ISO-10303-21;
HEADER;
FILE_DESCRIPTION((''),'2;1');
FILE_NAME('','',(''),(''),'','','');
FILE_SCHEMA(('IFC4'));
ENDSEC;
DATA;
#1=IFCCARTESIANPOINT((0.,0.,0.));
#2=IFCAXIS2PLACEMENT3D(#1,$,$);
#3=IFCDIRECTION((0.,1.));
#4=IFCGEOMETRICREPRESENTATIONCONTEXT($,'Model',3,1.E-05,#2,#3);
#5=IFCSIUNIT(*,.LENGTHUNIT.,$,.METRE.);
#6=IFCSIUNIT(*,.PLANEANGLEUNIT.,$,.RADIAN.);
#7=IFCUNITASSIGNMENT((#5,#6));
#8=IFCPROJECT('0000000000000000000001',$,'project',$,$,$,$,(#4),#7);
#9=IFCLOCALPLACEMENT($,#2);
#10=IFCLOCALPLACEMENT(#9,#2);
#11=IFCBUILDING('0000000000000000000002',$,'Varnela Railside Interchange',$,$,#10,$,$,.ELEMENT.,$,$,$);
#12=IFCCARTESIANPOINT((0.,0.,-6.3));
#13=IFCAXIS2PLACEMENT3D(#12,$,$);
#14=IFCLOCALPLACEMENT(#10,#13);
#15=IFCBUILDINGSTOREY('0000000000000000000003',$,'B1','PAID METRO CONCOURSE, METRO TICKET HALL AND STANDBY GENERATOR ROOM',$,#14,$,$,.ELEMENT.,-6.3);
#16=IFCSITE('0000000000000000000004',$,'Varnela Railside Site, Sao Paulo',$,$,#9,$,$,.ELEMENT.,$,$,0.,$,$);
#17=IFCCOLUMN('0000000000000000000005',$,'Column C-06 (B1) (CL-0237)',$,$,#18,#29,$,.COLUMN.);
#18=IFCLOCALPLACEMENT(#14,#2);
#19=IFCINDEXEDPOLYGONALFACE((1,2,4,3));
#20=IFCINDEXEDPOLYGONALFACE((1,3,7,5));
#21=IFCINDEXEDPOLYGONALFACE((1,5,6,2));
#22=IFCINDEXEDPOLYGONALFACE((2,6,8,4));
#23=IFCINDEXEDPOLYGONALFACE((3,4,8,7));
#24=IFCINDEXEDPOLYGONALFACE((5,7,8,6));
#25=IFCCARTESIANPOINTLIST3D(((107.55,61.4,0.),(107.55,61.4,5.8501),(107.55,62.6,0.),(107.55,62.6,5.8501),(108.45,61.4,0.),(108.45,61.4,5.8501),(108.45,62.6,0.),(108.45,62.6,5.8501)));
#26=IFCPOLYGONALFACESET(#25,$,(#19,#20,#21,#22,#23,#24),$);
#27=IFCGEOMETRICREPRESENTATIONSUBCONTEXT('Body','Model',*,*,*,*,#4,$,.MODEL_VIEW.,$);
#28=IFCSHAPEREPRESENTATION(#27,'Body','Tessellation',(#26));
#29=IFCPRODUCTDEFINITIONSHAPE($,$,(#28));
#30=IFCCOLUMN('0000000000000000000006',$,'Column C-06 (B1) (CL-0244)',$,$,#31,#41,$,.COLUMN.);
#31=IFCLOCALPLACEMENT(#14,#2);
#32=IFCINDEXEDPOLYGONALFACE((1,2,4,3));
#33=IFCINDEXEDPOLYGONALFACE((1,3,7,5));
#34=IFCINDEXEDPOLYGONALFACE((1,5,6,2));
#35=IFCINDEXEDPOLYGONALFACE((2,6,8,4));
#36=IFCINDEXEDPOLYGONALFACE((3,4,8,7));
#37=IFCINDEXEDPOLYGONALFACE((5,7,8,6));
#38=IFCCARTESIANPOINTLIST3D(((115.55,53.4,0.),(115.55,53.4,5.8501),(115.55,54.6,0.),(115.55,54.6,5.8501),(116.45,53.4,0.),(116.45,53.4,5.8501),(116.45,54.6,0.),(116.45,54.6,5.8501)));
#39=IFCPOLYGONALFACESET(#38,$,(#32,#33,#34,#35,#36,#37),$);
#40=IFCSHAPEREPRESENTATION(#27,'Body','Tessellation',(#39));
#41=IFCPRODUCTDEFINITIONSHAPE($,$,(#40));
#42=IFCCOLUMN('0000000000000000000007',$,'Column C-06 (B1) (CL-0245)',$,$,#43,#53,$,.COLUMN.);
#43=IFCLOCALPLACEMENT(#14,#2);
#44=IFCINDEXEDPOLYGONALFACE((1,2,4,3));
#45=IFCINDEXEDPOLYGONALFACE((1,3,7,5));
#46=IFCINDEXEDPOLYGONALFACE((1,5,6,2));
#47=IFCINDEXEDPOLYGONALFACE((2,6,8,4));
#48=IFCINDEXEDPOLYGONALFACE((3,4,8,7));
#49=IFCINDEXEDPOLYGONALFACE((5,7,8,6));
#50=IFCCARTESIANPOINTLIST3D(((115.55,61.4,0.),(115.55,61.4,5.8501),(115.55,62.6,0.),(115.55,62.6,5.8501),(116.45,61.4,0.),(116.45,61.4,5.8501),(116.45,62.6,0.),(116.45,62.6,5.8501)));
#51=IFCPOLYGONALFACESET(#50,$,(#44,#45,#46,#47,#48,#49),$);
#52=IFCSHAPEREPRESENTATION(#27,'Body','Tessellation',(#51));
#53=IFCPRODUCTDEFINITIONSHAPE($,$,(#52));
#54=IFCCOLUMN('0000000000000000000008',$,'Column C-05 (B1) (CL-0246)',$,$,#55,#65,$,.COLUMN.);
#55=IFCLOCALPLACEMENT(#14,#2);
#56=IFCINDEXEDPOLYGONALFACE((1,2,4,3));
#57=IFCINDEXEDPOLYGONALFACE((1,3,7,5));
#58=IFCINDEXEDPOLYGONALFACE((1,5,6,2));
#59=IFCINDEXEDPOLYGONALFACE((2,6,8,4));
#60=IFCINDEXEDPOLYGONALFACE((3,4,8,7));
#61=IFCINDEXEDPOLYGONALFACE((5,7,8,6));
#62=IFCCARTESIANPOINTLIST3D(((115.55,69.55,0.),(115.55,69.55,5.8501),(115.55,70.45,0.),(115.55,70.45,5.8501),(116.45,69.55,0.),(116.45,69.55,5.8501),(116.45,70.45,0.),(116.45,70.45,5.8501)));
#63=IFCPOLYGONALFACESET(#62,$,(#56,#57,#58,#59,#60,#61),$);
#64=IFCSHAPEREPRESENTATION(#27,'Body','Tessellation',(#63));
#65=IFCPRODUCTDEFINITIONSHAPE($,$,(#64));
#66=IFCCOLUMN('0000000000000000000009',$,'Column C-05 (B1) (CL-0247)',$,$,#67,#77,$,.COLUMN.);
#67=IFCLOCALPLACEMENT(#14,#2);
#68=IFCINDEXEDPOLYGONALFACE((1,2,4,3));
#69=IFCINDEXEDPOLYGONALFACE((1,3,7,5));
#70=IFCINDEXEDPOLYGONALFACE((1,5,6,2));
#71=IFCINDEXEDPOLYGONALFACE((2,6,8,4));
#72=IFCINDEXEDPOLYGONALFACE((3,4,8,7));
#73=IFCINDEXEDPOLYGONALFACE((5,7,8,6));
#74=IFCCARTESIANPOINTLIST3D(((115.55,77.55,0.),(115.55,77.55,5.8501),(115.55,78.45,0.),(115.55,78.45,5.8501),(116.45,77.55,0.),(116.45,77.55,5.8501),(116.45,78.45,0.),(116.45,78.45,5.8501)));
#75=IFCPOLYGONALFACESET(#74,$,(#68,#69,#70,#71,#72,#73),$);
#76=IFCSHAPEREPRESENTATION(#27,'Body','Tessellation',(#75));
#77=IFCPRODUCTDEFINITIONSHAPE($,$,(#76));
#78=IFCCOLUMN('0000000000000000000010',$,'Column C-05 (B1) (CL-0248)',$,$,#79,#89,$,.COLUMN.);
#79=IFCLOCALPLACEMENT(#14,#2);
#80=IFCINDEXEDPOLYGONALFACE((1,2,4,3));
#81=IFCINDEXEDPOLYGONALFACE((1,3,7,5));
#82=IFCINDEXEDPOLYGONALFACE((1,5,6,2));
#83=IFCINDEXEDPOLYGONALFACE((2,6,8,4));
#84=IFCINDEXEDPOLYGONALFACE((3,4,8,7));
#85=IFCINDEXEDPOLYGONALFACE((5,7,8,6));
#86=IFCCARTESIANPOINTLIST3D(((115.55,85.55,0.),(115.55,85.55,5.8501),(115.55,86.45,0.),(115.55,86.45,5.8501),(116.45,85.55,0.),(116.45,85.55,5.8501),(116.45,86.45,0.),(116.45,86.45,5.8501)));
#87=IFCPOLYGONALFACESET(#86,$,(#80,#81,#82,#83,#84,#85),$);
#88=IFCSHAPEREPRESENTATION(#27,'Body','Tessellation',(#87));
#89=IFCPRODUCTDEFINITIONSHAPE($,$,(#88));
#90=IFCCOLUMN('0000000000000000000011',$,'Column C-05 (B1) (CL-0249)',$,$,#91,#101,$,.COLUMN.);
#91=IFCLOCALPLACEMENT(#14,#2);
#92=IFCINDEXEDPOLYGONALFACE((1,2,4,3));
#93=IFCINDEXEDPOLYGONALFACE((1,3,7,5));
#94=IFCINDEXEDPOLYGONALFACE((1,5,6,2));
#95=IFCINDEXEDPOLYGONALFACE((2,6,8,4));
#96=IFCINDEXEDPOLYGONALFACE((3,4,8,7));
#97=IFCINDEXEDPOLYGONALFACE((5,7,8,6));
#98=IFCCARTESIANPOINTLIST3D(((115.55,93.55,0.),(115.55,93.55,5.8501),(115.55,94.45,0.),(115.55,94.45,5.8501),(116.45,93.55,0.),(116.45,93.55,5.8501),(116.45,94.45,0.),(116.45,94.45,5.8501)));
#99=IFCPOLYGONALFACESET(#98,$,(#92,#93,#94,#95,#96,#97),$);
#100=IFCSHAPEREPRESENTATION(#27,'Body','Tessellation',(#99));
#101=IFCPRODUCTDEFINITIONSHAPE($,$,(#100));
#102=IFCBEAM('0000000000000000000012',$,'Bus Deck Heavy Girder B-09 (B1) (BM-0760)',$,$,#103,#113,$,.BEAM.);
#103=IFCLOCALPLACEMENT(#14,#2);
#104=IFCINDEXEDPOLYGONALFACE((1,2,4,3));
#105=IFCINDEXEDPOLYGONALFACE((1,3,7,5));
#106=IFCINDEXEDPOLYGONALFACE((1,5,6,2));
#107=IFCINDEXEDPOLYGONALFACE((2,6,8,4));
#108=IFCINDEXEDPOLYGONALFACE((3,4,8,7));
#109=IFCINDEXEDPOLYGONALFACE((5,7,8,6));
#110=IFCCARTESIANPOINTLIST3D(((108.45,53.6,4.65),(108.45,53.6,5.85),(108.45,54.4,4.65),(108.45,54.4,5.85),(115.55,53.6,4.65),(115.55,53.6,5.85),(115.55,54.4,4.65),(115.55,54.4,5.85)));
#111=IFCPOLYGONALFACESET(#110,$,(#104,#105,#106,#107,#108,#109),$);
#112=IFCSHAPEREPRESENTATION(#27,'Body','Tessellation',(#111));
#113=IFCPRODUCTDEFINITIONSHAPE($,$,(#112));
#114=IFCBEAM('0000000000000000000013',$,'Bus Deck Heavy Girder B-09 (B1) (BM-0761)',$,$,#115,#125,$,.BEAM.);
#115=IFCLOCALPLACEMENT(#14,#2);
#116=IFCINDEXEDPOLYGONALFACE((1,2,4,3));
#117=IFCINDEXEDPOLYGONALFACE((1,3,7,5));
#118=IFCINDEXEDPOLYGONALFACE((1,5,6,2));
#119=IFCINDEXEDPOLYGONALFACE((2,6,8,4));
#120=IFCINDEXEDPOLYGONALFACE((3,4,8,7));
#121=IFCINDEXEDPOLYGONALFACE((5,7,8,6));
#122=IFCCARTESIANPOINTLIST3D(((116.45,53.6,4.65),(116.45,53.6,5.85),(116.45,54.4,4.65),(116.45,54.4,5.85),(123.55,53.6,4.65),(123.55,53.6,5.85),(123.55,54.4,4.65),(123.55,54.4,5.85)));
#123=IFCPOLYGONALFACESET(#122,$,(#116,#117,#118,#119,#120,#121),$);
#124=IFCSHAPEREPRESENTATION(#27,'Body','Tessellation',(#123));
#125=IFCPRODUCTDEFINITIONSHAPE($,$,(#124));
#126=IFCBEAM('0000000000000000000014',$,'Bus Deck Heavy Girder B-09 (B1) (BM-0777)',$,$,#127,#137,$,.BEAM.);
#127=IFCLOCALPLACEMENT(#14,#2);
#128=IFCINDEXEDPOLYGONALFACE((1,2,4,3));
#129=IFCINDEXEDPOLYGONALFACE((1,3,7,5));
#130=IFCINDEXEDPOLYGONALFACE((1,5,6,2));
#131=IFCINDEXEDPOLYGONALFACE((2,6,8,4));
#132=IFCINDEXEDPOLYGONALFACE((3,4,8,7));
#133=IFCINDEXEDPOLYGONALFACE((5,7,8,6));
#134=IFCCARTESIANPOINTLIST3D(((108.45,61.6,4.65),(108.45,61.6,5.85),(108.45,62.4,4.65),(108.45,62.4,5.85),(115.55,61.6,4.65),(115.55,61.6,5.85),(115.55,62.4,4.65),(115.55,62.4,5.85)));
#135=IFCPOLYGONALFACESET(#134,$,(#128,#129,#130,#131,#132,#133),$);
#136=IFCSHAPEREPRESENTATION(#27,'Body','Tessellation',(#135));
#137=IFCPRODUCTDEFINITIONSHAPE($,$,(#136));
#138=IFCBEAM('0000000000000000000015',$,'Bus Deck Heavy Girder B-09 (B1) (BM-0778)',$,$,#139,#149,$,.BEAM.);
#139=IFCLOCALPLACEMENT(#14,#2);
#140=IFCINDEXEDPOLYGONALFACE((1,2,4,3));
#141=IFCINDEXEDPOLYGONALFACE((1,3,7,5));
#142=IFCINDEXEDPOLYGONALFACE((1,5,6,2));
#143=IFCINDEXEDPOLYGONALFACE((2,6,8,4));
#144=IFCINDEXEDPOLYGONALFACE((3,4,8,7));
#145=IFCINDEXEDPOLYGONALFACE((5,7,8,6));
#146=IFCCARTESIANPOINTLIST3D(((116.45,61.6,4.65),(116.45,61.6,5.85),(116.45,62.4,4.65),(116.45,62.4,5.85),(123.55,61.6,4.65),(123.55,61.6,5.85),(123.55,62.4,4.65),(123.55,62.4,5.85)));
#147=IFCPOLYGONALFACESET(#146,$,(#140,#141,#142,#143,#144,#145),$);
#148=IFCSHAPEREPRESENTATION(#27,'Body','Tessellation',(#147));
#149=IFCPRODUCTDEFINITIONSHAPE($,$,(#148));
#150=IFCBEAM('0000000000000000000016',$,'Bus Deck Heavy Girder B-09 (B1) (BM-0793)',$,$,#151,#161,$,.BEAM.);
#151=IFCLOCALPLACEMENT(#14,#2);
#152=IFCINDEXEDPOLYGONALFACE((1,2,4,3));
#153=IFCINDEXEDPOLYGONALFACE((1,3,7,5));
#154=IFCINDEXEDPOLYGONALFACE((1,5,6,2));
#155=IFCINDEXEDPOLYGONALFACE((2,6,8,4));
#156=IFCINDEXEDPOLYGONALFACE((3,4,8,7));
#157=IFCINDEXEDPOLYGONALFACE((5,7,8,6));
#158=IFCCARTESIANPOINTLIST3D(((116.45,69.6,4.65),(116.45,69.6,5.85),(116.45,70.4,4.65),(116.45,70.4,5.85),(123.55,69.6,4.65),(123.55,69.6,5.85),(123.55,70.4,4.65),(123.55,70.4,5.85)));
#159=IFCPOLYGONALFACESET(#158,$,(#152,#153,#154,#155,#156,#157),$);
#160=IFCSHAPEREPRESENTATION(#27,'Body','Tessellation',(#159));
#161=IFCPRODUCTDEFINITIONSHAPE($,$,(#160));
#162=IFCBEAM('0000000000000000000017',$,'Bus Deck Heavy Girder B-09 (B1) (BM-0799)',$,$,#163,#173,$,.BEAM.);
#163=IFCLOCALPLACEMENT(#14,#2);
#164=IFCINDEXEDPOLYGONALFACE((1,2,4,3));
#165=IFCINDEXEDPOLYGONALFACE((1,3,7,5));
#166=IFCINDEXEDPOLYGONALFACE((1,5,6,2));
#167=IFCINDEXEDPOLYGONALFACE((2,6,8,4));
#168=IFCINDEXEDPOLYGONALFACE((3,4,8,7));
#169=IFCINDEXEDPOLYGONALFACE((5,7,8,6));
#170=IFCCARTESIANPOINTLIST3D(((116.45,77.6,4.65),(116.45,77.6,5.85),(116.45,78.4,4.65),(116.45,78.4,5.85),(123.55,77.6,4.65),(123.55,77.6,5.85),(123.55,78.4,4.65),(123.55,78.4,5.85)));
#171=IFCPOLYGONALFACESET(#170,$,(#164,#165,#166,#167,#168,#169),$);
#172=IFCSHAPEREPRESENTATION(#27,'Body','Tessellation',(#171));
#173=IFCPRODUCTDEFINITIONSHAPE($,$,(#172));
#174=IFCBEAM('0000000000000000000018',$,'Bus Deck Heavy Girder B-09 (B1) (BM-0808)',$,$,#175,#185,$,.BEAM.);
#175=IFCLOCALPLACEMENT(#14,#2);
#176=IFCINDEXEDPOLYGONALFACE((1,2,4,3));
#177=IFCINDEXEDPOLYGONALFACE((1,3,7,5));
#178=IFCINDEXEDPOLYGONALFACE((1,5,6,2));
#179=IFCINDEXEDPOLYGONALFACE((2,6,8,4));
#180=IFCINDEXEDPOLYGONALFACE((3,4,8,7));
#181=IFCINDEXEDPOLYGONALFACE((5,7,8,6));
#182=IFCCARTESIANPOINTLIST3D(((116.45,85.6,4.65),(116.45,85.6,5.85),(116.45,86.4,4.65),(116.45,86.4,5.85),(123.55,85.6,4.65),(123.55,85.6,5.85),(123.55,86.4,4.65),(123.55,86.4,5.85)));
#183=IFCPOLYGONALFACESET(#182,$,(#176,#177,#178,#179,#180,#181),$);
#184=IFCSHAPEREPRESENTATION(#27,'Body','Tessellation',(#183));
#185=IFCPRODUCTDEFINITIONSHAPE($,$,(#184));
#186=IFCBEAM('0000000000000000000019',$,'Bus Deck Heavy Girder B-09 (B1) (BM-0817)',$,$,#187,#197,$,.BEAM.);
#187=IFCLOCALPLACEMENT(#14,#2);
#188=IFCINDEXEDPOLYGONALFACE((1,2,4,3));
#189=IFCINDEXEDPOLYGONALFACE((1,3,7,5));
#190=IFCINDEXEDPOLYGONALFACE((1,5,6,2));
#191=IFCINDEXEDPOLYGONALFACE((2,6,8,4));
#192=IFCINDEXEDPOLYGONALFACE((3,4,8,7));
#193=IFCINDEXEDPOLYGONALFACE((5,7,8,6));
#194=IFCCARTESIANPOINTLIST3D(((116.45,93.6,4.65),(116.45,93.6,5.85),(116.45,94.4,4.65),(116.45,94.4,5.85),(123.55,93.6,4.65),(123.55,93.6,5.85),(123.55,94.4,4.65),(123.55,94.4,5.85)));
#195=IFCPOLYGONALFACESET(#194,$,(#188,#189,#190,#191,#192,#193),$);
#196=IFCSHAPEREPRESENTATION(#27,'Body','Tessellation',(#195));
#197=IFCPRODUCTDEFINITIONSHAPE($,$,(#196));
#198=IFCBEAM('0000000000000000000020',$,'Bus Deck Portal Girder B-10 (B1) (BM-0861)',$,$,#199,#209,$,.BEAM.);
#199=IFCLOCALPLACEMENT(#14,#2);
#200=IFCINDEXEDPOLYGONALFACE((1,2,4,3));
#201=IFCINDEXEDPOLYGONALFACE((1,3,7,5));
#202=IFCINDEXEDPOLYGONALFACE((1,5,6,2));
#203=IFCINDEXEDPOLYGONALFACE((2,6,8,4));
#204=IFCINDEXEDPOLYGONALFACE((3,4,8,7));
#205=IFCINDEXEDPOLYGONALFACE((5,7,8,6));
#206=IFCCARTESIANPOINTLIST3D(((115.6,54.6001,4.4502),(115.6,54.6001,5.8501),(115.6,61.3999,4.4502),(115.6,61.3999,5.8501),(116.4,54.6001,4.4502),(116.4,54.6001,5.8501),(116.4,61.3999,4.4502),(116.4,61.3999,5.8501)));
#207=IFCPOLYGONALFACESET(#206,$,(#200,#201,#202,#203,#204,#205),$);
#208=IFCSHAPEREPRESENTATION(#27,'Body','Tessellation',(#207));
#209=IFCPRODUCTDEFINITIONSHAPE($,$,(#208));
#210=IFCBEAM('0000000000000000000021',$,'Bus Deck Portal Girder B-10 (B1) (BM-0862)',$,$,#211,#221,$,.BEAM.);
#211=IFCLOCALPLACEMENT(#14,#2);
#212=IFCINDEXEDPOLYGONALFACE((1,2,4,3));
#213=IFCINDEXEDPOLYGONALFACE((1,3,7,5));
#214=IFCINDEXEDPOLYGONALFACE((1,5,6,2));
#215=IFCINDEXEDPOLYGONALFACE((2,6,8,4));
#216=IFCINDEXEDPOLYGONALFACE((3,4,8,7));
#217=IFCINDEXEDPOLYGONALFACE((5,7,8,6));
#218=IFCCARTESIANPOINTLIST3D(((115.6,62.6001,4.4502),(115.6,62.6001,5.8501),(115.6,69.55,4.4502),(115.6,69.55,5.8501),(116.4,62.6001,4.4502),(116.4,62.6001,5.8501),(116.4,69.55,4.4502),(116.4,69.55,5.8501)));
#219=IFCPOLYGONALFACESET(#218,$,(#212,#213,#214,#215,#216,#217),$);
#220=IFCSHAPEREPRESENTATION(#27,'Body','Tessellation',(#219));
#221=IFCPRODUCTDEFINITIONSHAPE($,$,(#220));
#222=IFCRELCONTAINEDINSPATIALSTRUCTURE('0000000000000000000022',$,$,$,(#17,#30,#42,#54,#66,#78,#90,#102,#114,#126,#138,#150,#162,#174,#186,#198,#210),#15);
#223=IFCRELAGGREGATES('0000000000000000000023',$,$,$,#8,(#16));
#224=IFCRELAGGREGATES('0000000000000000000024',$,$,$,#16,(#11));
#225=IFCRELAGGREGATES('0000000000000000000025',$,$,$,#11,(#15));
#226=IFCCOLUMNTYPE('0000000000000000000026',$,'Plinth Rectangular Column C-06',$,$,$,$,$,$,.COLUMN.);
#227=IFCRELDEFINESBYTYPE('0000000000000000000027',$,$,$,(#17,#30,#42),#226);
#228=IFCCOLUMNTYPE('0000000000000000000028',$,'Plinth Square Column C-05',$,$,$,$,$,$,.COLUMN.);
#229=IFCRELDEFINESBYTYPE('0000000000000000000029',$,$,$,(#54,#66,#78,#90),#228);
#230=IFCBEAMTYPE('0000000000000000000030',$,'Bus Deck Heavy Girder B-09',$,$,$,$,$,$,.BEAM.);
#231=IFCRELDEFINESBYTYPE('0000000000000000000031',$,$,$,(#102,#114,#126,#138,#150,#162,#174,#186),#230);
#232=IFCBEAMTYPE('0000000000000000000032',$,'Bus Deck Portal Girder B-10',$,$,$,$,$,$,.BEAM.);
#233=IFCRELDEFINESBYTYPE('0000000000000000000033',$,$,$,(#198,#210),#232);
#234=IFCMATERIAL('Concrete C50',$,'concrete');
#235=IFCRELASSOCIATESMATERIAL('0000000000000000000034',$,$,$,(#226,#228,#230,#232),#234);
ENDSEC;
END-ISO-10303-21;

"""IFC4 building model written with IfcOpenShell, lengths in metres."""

from ifc_helpers import new_model, si_unit, direction, frame, origin, origin_2d, place, context, subcontext, project, spatial, rectangle, extrude, material, material_profile, profile_set, type_object, element, save


model = new_model("IFC4")

# Units and contexts
model_context = context("Model", 3, precision=1e-05, world=origin(), true_north=direction((0.0, 1.0)))
body_context = subcontext(model_context, "Body", "Model", "MODEL_VIEW")
ifc_project = project(units=[si_unit("LENGTHUNIT", "METRE"), si_unit("PLANEANGLEUNIT", "RADIAN")], contexts=[model_context])

# Site, building, storey
site_placement = place(None, origin())
site = spatial("IfcSite", under=ifc_project, at=site_placement, Name="Varnela Railside Site, Sao Paulo", CompositionType="ELEMENT", RefElevation=0.0)
building_placement = place(site_placement, origin())
building = spatial("IfcBuilding", under=site, at=building_placement, Name="Varnela Railside Interchange", CompositionType="ELEMENT")
storey_placement = place(building_placement, frame((0.0, 0.0, -6.3)))
storey = spatial("IfcBuildingStorey", under=building, at=storey_placement, Name="B1", Description="PAID METRO CONCOURSE, METRO TICKET HALL AND STANDBY GENERATOR ROOM", CompositionType="ELEMENT", Elevation=-6.3)

# Columns
ifc_material_1 = material(Name="Concrete C50", Category="concrete")
ifc_material_profile_1 = material_profile(ifc_material_1, rectangle(XDim=0.8999, YDim=1.2, at=origin_2d()), Name="RC 900x1200")
ifc_profile_set_1 = profile_set([ifc_material_profile_1], Name="Concrete C50")
column_type_1 = type_object("IfcColumnType", Name="Plinth Rectangular Column C-06", PredefinedType="COLUMN", material=ifc_profile_set_1)
for number, where, z_axis, x_axis, name in (
    (1, (108.0, 62.0, 0.0), (0.0, 0.0, 1.0), (1.0, 0.0, 0.0), "Column C-06 (B1) (CL-0237)"),
    (2, (116.0, 54.0, 0.0), (0.0, 0.0, 1.0), (1.0, 0.0, 0.0), "Column C-06 (B1) (CL-0244)"),
    (3, (116.0, 62.0, 0.0), (0.0, 0.0, 1.0), (1.0, 0.0, 0.0), "Column C-06 (B1) (CL-0245)"),
):
    element("IfcColumn", number, at=place(storey_placement, frame(where, z_axis=z_axis, x_axis=x_axis)), inside=storey, type_object=column_type_1, Name=name, PredefinedType="COLUMN", context=body_context, shape_type="SweptSolid", body=[
        extrude(rectangle(XDim=0.8999, YDim=1.2, at=origin_2d()), origin(), (0.0, 0.0, 1.0), 5.8501),
    ])
ifc_material_profile_2 = material_profile(ifc_material_1, rectangle(XDim=0.8999, YDim=0.8999, at=origin_2d()), Name="RC 900x900")
ifc_profile_set_2 = profile_set([ifc_material_profile_2], Name="Concrete C50")
column_type_2 = type_object("IfcColumnType", Name="Plinth Square Column C-05", PredefinedType="COLUMN", material=ifc_profile_set_2)
for number, where, z_axis, x_axis, name in (
    (4, (116.0, 70.0, 0.0), (0.0, 0.0, 1.0), (1.0, 0.0, 0.0), "Column C-05 (B1) (CL-0246)"),
    (5, (116.0, 78.0, 0.0), (0.0, 0.0, 1.0), (1.0, 0.0, 0.0), "Column C-05 (B1) (CL-0247)"),
    (6, (116.0, 86.0, 0.0), (0.0, 0.0, 1.0), (1.0, 0.0, 0.0), "Column C-05 (B1) (CL-0248)"),
    (7, (116.0, 94.0, 0.0), (0.0, 0.0, 1.0), (1.0, 0.0, 0.0), "Column C-05 (B1) (CL-0249)"),
):
    element("IfcColumn", number, at=place(storey_placement, frame(where, z_axis=z_axis, x_axis=x_axis)), inside=storey, type_object=column_type_2, Name=name, PredefinedType="COLUMN", context=body_context, shape_type="SweptSolid", body=[
        extrude(rectangle(XDim=0.8999, YDim=0.8999, at=origin_2d()), origin(), (0.0, 0.0, 1.0), 5.8501),
    ])

# Beams
ifc_material_profile_3 = material_profile(ifc_material_1, rectangle(XDim=0.8, YDim=1.2, at=origin_2d()), Name="RC 800x1200")
ifc_profile_set_3 = profile_set([ifc_material_profile_3], Name="Concrete C50")
beam_type_1 = type_object("IfcBeamType", Name="Bus Deck Heavy Girder B-09", PredefinedType="BEAM", material=ifc_profile_set_3)
for number, where, z_axis, x_axis, name in (
    (8, (108.45, 54.0, 5.25), (1.0, 0.0, 0.0), (0.0, 1.0, 0.0), "Bus Deck Heavy Girder B-09 (B1) (BM-0760)"),
    (9, (116.45, 54.0, 5.25), (1.0, 0.0, 0.0), (0.0, 1.0, 0.0), "Bus Deck Heavy Girder B-09 (B1) (BM-0761)"),
    (10, (108.45, 62.0, 5.25), (1.0, 0.0, 0.0), (0.0, 1.0, 0.0), "Bus Deck Heavy Girder B-09 (B1) (BM-0777)"),
    (11, (116.45, 62.0, 5.25), (1.0, 0.0, 0.0), (0.0, 1.0, 0.0), "Bus Deck Heavy Girder B-09 (B1) (BM-0778)"),
    (12, (116.45, 70.0, 5.25), (1.0, 0.0, 0.0), (0.0, 1.0, 0.0), "Bus Deck Heavy Girder B-09 (B1) (BM-0793)"),
    (13, (116.45, 78.0, 5.25), (1.0, 0.0, 0.0), (0.0, 1.0, 0.0), "Bus Deck Heavy Girder B-09 (B1) (BM-0799)"),
    (14, (116.45, 86.0, 5.25), (1.0, 0.0, 0.0), (0.0, 1.0, 0.0), "Bus Deck Heavy Girder B-09 (B1) (BM-0808)"),
    (15, (116.45, 94.0, 5.25), (1.0, 0.0, 0.0), (0.0, 1.0, 0.0), "Bus Deck Heavy Girder B-09 (B1) (BM-0817)"),
):
    element("IfcBeam", number, at=place(storey_placement, frame(where, z_axis=z_axis, x_axis=x_axis)), inside=storey, type_object=beam_type_1, Name=name, PredefinedType="BEAM", context=body_context, shape_type="SweptSolid", body=[
        extrude(rectangle(XDim=0.8, YDim=1.2, at=origin_2d()), origin(), (0.0, 0.0, 1.0), 7.1001),
    ])
ifc_material_profile_4 = material_profile(ifc_material_1, rectangle(XDim=0.8, YDim=1.3999, at=origin_2d()), Name="RC 800x1400")
ifc_profile_set_4 = profile_set([ifc_material_profile_4], Name="Concrete C50")
beam_type_2 = type_object("IfcBeamType", Name="Bus Deck Portal Girder B-10", PredefinedType="BEAM", material=ifc_profile_set_4)
beam_1_placement = place(storey_placement, frame((116.0, 54.6001, 5.1501), z_axis=(0.0, 1.0, 0.0), x_axis=(-1.0, 0.0, 0.0)))
element("IfcBeam", 16, at=beam_1_placement, inside=storey, type_object=beam_type_2, Name="Bus Deck Portal Girder B-10 (B1) (BM-0861)", PredefinedType="BEAM", context=body_context, shape_type="SweptSolid", body=[
    extrude(rectangle(XDim=0.8, YDim=1.3999, at=origin_2d()), origin(), (0.0, 0.0, 1.0), 6.7998),
])
beam_2_placement = place(storey_placement, frame((116.0, 62.6001, 5.1501), z_axis=(0.0, 1.0, 0.0), x_axis=(-1.0, 0.0, 0.0)))
element("IfcBeam", 17, at=beam_2_placement, inside=storey, type_object=beam_type_2, Name="Bus Deck Portal Girder B-10 (B1) (BM-0862)", PredefinedType="BEAM", context=body_context, shape_type="SweptSolid", body=[
    extrude(rectangle(XDim=0.8, YDim=1.3999, at=origin_2d()), origin(), (0.0, 0.0, 1.0), 6.95),
])

save(model, "model.ifc")
